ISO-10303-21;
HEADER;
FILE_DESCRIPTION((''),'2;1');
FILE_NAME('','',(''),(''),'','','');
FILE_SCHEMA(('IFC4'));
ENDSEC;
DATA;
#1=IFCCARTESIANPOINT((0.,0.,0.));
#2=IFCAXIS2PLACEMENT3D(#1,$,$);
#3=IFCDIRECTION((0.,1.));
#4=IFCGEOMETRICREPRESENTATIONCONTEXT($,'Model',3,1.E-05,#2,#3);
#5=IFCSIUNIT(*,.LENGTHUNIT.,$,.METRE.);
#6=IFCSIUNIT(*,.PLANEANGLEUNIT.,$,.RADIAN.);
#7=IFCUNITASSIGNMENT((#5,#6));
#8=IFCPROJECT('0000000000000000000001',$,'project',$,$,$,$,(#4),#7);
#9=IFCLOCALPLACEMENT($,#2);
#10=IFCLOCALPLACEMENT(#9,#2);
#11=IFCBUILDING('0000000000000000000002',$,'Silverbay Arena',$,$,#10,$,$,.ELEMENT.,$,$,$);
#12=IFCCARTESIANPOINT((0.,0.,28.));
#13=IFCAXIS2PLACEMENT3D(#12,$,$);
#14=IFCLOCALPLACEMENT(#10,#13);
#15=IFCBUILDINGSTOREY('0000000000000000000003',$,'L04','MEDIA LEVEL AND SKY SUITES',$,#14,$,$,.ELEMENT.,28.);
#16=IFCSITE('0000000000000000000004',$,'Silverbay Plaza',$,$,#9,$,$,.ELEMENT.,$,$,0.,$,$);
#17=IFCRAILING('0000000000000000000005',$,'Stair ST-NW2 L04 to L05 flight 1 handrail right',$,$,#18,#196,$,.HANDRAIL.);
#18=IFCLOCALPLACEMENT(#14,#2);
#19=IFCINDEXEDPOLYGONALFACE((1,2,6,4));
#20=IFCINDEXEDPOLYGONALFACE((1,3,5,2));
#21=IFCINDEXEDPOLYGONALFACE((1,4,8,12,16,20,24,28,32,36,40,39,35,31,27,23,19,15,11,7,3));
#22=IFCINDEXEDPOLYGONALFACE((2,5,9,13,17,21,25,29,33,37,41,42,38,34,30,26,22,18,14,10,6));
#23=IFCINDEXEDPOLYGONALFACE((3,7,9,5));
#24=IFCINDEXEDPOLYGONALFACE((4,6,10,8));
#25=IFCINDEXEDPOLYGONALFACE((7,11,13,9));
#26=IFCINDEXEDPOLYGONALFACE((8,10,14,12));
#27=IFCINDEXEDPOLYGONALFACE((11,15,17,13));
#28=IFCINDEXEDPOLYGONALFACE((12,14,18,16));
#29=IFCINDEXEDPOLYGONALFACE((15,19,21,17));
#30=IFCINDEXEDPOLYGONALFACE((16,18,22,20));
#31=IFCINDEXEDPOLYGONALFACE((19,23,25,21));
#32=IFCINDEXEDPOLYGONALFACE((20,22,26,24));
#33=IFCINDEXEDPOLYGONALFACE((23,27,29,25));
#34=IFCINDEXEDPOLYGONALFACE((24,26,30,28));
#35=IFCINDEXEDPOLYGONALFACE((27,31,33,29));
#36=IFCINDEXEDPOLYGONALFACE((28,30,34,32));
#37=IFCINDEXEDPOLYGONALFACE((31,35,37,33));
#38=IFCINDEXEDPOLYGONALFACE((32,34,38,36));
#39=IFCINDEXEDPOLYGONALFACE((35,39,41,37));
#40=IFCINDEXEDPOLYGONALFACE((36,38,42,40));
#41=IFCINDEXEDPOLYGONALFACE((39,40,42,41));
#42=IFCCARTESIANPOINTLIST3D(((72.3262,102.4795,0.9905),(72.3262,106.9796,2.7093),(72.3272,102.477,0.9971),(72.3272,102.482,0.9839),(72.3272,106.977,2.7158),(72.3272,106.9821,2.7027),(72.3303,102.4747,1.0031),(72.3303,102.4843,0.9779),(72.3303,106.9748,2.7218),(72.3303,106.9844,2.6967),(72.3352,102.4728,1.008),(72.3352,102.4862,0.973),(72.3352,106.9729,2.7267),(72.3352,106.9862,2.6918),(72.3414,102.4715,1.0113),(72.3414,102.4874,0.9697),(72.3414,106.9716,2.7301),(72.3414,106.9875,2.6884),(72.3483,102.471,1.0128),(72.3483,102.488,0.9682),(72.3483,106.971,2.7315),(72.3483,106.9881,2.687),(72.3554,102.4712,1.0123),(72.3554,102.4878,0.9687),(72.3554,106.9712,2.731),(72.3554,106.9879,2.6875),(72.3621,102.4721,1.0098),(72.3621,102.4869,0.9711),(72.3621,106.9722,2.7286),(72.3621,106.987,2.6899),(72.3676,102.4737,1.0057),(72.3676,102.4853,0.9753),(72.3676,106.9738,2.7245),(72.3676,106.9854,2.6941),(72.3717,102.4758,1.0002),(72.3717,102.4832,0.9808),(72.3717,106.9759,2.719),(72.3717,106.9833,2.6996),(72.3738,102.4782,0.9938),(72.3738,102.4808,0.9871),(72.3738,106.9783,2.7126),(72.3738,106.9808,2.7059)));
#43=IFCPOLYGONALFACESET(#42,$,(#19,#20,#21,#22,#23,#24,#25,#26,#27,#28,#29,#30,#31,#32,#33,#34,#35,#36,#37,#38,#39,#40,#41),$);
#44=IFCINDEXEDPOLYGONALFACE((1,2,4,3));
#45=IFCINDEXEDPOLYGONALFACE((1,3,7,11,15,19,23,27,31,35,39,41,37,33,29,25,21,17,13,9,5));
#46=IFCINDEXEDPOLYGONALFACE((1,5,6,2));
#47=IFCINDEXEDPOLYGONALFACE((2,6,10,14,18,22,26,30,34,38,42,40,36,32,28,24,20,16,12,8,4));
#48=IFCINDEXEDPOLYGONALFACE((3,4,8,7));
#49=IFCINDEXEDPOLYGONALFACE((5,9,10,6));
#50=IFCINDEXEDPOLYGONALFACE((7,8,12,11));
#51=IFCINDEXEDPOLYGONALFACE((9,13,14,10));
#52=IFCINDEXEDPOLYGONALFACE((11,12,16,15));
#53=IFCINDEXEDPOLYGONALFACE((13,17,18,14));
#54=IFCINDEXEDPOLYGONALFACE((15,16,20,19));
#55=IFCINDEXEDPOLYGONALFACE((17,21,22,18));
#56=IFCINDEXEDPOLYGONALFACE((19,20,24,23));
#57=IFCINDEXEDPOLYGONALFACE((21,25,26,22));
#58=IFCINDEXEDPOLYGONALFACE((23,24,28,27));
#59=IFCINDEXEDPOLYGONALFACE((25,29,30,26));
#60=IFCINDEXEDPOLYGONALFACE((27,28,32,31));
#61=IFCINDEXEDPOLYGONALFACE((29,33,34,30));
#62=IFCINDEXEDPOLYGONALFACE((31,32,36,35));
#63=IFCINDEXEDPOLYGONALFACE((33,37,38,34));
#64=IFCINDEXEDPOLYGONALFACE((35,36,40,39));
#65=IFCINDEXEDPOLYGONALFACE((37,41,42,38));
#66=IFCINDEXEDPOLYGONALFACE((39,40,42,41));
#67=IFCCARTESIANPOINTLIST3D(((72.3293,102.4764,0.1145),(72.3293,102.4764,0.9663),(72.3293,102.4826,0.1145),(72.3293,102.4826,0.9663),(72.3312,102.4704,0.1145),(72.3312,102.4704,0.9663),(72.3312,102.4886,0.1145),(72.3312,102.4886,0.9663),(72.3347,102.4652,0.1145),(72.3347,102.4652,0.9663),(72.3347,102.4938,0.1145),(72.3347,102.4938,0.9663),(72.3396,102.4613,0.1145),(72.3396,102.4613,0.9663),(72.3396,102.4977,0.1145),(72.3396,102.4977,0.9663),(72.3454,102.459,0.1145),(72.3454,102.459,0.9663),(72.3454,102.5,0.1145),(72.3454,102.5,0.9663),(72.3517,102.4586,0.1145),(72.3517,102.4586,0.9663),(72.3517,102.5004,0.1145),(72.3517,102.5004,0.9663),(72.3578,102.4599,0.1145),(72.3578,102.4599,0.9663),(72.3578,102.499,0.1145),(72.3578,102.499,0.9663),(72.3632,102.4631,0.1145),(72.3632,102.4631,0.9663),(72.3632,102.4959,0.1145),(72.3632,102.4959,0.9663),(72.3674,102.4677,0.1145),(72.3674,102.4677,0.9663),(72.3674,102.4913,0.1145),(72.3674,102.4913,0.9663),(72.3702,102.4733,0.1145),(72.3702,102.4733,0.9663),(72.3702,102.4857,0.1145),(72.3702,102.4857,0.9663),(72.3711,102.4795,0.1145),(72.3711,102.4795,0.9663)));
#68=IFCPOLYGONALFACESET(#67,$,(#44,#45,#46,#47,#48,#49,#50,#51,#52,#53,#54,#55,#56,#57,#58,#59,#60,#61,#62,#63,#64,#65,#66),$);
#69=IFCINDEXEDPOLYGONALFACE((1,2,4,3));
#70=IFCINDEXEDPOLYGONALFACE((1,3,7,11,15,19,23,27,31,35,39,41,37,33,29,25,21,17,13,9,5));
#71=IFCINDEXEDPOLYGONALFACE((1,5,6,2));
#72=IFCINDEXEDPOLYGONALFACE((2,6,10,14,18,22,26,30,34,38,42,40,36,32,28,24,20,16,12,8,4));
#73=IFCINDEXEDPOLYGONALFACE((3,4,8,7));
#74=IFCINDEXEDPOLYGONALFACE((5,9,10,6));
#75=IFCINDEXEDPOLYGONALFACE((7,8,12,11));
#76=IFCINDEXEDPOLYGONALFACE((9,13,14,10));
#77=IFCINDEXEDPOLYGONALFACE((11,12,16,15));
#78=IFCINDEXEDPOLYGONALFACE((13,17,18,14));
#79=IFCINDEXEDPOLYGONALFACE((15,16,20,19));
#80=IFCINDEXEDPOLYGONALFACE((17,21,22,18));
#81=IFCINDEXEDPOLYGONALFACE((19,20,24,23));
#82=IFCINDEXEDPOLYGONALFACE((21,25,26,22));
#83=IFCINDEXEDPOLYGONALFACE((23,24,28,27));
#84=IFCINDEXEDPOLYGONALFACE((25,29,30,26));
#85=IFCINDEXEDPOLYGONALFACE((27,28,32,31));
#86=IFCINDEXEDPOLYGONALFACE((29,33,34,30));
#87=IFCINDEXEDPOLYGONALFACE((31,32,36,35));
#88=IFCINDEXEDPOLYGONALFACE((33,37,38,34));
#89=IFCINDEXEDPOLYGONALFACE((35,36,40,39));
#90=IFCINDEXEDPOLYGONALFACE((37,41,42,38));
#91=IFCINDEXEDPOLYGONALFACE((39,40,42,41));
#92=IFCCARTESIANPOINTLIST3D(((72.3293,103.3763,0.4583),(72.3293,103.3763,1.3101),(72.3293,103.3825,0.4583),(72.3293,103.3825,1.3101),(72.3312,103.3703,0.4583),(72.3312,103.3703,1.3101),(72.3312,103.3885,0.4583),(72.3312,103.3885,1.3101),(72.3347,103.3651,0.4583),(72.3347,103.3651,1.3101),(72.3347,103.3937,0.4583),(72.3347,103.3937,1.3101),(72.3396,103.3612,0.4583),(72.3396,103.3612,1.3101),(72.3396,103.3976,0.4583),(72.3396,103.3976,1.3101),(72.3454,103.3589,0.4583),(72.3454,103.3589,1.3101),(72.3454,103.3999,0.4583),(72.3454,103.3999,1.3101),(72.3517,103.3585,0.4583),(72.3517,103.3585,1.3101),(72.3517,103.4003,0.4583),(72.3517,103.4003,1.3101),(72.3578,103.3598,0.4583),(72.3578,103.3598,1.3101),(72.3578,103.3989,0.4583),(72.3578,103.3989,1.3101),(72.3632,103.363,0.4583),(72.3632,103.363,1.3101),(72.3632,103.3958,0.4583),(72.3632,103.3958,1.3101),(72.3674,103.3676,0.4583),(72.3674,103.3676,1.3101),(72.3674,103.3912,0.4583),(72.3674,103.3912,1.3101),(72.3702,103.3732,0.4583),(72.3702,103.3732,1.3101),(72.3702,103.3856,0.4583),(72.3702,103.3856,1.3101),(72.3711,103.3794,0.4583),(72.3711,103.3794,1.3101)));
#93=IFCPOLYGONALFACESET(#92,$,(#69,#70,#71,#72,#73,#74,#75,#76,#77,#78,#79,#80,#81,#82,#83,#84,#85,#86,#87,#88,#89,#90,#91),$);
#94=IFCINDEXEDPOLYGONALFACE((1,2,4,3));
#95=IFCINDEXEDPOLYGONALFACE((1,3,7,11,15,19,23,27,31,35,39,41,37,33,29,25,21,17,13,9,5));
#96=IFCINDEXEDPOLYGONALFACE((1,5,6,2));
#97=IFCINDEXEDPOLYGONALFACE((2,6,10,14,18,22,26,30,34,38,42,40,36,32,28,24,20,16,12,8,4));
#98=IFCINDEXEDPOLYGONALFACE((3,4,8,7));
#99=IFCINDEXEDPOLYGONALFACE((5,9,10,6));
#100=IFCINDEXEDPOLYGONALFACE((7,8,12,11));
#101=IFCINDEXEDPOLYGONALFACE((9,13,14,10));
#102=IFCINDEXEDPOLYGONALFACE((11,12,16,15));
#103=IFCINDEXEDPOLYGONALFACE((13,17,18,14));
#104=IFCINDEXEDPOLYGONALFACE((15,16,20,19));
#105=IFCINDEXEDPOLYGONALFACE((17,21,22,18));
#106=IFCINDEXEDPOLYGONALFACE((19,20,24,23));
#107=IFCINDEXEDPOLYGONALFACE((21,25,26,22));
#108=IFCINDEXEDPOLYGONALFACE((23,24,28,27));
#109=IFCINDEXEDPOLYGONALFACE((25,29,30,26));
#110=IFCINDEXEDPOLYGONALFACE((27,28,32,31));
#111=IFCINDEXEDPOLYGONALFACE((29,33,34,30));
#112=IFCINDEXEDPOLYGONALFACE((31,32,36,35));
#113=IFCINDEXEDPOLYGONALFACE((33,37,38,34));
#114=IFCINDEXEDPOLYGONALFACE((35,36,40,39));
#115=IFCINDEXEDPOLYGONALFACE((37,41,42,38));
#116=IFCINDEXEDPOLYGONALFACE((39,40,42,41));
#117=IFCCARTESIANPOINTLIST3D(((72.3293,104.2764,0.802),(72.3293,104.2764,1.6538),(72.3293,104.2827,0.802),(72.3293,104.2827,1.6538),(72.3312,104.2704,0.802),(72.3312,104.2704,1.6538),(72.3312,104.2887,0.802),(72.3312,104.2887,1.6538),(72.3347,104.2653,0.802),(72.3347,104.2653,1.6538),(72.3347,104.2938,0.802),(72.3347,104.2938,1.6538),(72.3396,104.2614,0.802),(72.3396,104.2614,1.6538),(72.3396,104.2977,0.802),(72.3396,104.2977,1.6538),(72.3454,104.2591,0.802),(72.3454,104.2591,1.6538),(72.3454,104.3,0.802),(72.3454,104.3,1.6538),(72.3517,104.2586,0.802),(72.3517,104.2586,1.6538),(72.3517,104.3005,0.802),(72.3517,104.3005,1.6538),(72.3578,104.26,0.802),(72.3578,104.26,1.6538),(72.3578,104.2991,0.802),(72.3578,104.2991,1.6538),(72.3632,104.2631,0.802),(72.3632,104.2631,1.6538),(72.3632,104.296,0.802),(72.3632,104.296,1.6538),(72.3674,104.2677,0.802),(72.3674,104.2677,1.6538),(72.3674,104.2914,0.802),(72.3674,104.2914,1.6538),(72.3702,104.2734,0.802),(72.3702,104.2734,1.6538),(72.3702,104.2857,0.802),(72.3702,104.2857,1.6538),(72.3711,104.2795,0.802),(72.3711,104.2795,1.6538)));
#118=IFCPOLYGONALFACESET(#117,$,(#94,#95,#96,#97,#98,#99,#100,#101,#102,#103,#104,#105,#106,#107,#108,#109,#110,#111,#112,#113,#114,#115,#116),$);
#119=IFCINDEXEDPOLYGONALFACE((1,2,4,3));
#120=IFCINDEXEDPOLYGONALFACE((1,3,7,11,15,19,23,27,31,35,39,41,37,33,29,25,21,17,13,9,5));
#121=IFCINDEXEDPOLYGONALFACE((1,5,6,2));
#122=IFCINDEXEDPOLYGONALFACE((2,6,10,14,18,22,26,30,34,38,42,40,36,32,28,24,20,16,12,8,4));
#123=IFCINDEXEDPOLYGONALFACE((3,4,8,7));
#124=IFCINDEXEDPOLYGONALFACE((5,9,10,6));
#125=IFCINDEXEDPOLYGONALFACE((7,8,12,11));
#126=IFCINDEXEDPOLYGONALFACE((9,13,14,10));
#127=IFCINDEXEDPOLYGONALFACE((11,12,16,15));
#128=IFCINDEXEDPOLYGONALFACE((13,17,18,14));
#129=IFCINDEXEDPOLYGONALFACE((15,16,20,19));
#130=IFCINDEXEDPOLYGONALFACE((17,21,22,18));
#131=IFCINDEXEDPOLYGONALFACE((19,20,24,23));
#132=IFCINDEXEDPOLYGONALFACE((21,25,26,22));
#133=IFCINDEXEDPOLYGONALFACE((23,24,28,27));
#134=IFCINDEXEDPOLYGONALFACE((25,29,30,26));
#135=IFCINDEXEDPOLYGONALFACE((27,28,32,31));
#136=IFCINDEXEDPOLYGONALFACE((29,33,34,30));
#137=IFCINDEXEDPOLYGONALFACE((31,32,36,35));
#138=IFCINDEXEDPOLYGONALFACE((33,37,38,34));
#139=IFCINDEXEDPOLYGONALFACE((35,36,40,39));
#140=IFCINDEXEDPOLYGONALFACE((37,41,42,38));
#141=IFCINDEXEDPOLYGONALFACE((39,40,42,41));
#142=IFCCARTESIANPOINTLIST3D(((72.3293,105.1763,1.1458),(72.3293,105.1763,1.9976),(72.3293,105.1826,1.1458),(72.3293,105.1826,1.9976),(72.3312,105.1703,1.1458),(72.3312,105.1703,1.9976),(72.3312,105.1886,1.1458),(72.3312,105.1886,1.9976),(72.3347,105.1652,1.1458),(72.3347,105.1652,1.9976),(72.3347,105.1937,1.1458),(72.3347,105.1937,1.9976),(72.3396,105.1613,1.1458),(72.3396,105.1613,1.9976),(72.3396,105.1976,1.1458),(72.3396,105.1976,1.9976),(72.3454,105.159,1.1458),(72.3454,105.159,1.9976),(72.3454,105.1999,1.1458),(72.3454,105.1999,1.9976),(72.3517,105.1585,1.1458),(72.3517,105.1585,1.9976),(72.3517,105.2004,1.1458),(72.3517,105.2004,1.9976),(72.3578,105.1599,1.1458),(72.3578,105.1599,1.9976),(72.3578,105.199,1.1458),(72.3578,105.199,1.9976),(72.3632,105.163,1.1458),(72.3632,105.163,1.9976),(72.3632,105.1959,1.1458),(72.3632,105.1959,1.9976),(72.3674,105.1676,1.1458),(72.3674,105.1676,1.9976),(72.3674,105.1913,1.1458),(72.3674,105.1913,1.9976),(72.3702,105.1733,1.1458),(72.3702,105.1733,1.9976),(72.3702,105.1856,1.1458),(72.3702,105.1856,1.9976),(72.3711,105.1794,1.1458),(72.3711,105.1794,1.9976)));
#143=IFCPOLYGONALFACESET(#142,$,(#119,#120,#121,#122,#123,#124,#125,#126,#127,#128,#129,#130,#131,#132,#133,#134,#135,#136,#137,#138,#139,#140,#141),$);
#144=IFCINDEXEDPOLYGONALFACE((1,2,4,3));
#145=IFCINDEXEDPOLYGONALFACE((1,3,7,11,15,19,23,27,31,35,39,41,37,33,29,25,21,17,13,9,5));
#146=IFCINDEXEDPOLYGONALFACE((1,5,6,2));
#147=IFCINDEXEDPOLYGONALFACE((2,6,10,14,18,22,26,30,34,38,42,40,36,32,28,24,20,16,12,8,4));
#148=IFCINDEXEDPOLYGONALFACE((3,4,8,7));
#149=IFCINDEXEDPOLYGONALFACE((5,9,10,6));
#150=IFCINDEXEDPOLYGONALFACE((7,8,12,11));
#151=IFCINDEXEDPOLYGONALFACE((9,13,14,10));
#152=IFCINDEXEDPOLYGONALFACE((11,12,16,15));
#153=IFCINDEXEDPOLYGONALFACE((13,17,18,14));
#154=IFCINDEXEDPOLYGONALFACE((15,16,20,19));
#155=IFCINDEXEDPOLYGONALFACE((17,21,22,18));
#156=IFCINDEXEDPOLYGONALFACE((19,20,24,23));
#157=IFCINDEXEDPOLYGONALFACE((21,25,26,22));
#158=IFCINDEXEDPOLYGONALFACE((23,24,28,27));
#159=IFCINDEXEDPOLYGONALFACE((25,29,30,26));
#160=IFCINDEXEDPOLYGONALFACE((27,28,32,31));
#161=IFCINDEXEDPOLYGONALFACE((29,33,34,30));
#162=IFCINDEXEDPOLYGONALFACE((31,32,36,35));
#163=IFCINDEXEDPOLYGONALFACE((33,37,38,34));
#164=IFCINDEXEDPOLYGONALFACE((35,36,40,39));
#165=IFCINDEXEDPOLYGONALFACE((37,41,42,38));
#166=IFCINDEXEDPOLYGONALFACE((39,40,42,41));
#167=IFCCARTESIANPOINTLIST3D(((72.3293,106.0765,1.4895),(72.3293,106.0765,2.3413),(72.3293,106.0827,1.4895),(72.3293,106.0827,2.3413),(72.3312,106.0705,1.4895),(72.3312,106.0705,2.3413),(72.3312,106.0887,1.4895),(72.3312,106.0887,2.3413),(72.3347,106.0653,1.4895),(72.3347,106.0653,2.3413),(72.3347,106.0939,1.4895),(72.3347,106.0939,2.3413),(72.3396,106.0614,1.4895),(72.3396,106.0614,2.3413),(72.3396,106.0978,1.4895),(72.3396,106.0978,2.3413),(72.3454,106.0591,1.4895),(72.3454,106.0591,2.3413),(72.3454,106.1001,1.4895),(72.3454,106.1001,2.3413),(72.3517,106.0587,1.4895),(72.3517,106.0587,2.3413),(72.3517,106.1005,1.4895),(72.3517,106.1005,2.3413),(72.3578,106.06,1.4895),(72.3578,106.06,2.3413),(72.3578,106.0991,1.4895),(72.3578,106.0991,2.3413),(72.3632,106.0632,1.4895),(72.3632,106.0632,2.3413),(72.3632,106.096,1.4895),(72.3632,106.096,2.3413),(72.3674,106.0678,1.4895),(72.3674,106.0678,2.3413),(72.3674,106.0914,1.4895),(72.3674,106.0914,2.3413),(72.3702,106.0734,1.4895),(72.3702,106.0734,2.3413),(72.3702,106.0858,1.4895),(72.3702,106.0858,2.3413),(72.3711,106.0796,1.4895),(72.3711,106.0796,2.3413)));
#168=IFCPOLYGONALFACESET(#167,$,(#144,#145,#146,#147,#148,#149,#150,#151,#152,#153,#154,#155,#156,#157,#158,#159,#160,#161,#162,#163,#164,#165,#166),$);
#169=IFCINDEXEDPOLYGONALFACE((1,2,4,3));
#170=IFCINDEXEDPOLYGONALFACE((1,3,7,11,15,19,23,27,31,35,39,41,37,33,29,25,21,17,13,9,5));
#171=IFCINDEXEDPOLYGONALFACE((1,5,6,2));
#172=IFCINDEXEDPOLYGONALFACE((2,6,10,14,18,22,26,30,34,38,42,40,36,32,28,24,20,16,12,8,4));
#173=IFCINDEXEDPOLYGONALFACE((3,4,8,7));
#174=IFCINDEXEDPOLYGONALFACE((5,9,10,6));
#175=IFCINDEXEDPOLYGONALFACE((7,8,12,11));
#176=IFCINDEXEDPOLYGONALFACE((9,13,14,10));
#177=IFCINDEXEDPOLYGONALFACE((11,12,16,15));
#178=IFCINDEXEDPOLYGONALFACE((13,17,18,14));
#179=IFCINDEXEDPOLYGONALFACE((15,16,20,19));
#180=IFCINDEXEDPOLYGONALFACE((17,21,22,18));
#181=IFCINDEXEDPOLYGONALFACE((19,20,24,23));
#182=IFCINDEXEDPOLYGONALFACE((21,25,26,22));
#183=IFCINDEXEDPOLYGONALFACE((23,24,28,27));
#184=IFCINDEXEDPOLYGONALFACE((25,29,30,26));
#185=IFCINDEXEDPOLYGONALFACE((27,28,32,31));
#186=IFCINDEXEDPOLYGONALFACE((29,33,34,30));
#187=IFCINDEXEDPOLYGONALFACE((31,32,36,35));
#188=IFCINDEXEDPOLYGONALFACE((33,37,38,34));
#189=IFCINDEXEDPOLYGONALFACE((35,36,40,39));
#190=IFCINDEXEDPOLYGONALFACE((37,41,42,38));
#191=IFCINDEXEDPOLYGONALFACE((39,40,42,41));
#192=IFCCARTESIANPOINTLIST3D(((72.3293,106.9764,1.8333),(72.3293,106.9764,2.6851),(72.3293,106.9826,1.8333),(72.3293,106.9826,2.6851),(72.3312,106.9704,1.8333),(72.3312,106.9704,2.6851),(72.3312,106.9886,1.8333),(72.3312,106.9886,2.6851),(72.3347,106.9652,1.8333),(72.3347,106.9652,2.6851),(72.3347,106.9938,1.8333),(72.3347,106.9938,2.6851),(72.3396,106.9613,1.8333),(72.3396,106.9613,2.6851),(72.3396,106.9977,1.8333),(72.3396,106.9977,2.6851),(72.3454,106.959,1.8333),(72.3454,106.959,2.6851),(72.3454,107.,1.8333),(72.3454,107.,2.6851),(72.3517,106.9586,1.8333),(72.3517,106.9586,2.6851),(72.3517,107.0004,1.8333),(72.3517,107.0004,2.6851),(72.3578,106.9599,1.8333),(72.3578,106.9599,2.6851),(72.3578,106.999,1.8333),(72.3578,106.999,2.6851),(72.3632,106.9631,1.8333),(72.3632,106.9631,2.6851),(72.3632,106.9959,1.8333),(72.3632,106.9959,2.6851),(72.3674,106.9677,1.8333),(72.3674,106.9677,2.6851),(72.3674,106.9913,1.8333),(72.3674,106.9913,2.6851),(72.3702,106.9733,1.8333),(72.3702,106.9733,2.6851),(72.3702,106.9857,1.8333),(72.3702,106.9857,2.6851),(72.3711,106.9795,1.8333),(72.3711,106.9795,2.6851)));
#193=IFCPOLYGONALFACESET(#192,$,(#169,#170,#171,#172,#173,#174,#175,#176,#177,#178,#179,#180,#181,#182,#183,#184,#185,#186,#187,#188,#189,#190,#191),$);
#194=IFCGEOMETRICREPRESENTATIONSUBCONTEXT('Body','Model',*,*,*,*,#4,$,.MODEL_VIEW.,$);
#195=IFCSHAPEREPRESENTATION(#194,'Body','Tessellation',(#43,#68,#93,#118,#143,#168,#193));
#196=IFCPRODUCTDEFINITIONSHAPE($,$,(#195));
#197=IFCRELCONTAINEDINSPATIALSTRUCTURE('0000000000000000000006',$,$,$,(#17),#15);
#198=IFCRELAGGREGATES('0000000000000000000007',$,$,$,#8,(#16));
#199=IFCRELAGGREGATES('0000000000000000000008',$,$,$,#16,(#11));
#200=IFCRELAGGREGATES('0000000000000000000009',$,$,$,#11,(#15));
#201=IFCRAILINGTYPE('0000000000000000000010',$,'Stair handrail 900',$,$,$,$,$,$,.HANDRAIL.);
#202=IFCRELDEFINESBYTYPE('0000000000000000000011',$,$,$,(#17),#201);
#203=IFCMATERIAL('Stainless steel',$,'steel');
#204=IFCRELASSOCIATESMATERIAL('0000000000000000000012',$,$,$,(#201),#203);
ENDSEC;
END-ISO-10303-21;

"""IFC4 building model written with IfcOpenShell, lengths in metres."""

from ifc_helpers import new_model, si_unit, direction, frame, origin, origin_2d, place, context, subcontext, project, spatial, circle, extrude, material, type_object, element, save


model = new_model("IFC4")

# Units and contexts
model_context = context("Model", 3, precision=1e-05, world=origin(), true_north=direction((0.0, 1.0)))
body_context = subcontext(model_context, "Body", "Model", "MODEL_VIEW")
ifc_project = project(units=[si_unit("LENGTHUNIT", "METRE"), si_unit("PLANEANGLEUNIT", "RADIAN")], contexts=[model_context])

# Site, building, storey
site_placement = place(None, origin())
site = spatial("IfcSite", under=ifc_project, at=site_placement, Name="Silverbay Plaza", CompositionType="ELEMENT", RefElevation=0.0)
building_placement = place(site_placement, origin())
building = spatial("IfcBuilding", under=site, at=building_placement, Name="Silverbay Arena", CompositionType="ELEMENT")
storey_placement = place(building_placement, frame((0.0, 0.0, 28.0)))
storey = spatial("IfcBuildingStorey", under=building, at=storey_placement, Name="L04", Description="MEDIA LEVEL AND SKY SUITES", CompositionType="ELEMENT", Elevation=28.0)

# Railing
ifc_material_1 = material(Name="Stainless steel", Category="steel")
railing_type_1 = type_object("IfcRailingType", Name="Stair handrail 900", PredefinedType="HANDRAIL", material=ifc_material_1)
for number, where, name in (
    (1, (72.3501, 102.4795, 0.1145), "Stair ST-NW2 L04 to L05 flight 1 handrail right"),
):
    element("IfcRailing", number, at=place(storey_placement, frame(where)), inside=storey, type_object=railing_type_1, Name=name, PredefinedType="HANDRAIL", context=body_context, shape_type="SweptSolid", body=[
        extrude(circle(Radius=0.0239, at=origin_2d()), frame((0.0, 0.0, 0.876), z_axis=(0.0, 0.934179, 0.356805), x_axis=(-1.0, 0.0, 0.0)), (0.0, 0.0, 1.0), 4.8171),
        extrude(circle(Radius=0.021, at=origin_2d()), origin(), (0.0, 0.0, 1.0), 0.8518),
        extrude(circle(Radius=0.021, at=origin_2d()), frame((0.0, 0.8999, 0.3438)), (0.0, 0.0, 1.0), 0.8518),
        extrude(circle(Radius=0.021, at=origin_2d()), frame((0.0, 1.8, 0.6875)), (0.0, 0.0, 1.0), 0.8518),
        extrude(circle(Radius=0.021, at=origin_2d()), frame((0.0, 2.7, 1.0312)), (0.0, 0.0, 1.0), 0.8518),
        extrude(circle(Radius=0.021, at=origin_2d()), frame((0.0, 3.6001, 1.375)), (0.0, 0.0, 1.0), 0.8518),
        extrude(circle(Radius=0.021, at=origin_2d()), frame((0.0, 4.5, 1.7188)), (0.0, 0.0, 1.0), 0.8518),
    ])

save(model, "model.ifc")
